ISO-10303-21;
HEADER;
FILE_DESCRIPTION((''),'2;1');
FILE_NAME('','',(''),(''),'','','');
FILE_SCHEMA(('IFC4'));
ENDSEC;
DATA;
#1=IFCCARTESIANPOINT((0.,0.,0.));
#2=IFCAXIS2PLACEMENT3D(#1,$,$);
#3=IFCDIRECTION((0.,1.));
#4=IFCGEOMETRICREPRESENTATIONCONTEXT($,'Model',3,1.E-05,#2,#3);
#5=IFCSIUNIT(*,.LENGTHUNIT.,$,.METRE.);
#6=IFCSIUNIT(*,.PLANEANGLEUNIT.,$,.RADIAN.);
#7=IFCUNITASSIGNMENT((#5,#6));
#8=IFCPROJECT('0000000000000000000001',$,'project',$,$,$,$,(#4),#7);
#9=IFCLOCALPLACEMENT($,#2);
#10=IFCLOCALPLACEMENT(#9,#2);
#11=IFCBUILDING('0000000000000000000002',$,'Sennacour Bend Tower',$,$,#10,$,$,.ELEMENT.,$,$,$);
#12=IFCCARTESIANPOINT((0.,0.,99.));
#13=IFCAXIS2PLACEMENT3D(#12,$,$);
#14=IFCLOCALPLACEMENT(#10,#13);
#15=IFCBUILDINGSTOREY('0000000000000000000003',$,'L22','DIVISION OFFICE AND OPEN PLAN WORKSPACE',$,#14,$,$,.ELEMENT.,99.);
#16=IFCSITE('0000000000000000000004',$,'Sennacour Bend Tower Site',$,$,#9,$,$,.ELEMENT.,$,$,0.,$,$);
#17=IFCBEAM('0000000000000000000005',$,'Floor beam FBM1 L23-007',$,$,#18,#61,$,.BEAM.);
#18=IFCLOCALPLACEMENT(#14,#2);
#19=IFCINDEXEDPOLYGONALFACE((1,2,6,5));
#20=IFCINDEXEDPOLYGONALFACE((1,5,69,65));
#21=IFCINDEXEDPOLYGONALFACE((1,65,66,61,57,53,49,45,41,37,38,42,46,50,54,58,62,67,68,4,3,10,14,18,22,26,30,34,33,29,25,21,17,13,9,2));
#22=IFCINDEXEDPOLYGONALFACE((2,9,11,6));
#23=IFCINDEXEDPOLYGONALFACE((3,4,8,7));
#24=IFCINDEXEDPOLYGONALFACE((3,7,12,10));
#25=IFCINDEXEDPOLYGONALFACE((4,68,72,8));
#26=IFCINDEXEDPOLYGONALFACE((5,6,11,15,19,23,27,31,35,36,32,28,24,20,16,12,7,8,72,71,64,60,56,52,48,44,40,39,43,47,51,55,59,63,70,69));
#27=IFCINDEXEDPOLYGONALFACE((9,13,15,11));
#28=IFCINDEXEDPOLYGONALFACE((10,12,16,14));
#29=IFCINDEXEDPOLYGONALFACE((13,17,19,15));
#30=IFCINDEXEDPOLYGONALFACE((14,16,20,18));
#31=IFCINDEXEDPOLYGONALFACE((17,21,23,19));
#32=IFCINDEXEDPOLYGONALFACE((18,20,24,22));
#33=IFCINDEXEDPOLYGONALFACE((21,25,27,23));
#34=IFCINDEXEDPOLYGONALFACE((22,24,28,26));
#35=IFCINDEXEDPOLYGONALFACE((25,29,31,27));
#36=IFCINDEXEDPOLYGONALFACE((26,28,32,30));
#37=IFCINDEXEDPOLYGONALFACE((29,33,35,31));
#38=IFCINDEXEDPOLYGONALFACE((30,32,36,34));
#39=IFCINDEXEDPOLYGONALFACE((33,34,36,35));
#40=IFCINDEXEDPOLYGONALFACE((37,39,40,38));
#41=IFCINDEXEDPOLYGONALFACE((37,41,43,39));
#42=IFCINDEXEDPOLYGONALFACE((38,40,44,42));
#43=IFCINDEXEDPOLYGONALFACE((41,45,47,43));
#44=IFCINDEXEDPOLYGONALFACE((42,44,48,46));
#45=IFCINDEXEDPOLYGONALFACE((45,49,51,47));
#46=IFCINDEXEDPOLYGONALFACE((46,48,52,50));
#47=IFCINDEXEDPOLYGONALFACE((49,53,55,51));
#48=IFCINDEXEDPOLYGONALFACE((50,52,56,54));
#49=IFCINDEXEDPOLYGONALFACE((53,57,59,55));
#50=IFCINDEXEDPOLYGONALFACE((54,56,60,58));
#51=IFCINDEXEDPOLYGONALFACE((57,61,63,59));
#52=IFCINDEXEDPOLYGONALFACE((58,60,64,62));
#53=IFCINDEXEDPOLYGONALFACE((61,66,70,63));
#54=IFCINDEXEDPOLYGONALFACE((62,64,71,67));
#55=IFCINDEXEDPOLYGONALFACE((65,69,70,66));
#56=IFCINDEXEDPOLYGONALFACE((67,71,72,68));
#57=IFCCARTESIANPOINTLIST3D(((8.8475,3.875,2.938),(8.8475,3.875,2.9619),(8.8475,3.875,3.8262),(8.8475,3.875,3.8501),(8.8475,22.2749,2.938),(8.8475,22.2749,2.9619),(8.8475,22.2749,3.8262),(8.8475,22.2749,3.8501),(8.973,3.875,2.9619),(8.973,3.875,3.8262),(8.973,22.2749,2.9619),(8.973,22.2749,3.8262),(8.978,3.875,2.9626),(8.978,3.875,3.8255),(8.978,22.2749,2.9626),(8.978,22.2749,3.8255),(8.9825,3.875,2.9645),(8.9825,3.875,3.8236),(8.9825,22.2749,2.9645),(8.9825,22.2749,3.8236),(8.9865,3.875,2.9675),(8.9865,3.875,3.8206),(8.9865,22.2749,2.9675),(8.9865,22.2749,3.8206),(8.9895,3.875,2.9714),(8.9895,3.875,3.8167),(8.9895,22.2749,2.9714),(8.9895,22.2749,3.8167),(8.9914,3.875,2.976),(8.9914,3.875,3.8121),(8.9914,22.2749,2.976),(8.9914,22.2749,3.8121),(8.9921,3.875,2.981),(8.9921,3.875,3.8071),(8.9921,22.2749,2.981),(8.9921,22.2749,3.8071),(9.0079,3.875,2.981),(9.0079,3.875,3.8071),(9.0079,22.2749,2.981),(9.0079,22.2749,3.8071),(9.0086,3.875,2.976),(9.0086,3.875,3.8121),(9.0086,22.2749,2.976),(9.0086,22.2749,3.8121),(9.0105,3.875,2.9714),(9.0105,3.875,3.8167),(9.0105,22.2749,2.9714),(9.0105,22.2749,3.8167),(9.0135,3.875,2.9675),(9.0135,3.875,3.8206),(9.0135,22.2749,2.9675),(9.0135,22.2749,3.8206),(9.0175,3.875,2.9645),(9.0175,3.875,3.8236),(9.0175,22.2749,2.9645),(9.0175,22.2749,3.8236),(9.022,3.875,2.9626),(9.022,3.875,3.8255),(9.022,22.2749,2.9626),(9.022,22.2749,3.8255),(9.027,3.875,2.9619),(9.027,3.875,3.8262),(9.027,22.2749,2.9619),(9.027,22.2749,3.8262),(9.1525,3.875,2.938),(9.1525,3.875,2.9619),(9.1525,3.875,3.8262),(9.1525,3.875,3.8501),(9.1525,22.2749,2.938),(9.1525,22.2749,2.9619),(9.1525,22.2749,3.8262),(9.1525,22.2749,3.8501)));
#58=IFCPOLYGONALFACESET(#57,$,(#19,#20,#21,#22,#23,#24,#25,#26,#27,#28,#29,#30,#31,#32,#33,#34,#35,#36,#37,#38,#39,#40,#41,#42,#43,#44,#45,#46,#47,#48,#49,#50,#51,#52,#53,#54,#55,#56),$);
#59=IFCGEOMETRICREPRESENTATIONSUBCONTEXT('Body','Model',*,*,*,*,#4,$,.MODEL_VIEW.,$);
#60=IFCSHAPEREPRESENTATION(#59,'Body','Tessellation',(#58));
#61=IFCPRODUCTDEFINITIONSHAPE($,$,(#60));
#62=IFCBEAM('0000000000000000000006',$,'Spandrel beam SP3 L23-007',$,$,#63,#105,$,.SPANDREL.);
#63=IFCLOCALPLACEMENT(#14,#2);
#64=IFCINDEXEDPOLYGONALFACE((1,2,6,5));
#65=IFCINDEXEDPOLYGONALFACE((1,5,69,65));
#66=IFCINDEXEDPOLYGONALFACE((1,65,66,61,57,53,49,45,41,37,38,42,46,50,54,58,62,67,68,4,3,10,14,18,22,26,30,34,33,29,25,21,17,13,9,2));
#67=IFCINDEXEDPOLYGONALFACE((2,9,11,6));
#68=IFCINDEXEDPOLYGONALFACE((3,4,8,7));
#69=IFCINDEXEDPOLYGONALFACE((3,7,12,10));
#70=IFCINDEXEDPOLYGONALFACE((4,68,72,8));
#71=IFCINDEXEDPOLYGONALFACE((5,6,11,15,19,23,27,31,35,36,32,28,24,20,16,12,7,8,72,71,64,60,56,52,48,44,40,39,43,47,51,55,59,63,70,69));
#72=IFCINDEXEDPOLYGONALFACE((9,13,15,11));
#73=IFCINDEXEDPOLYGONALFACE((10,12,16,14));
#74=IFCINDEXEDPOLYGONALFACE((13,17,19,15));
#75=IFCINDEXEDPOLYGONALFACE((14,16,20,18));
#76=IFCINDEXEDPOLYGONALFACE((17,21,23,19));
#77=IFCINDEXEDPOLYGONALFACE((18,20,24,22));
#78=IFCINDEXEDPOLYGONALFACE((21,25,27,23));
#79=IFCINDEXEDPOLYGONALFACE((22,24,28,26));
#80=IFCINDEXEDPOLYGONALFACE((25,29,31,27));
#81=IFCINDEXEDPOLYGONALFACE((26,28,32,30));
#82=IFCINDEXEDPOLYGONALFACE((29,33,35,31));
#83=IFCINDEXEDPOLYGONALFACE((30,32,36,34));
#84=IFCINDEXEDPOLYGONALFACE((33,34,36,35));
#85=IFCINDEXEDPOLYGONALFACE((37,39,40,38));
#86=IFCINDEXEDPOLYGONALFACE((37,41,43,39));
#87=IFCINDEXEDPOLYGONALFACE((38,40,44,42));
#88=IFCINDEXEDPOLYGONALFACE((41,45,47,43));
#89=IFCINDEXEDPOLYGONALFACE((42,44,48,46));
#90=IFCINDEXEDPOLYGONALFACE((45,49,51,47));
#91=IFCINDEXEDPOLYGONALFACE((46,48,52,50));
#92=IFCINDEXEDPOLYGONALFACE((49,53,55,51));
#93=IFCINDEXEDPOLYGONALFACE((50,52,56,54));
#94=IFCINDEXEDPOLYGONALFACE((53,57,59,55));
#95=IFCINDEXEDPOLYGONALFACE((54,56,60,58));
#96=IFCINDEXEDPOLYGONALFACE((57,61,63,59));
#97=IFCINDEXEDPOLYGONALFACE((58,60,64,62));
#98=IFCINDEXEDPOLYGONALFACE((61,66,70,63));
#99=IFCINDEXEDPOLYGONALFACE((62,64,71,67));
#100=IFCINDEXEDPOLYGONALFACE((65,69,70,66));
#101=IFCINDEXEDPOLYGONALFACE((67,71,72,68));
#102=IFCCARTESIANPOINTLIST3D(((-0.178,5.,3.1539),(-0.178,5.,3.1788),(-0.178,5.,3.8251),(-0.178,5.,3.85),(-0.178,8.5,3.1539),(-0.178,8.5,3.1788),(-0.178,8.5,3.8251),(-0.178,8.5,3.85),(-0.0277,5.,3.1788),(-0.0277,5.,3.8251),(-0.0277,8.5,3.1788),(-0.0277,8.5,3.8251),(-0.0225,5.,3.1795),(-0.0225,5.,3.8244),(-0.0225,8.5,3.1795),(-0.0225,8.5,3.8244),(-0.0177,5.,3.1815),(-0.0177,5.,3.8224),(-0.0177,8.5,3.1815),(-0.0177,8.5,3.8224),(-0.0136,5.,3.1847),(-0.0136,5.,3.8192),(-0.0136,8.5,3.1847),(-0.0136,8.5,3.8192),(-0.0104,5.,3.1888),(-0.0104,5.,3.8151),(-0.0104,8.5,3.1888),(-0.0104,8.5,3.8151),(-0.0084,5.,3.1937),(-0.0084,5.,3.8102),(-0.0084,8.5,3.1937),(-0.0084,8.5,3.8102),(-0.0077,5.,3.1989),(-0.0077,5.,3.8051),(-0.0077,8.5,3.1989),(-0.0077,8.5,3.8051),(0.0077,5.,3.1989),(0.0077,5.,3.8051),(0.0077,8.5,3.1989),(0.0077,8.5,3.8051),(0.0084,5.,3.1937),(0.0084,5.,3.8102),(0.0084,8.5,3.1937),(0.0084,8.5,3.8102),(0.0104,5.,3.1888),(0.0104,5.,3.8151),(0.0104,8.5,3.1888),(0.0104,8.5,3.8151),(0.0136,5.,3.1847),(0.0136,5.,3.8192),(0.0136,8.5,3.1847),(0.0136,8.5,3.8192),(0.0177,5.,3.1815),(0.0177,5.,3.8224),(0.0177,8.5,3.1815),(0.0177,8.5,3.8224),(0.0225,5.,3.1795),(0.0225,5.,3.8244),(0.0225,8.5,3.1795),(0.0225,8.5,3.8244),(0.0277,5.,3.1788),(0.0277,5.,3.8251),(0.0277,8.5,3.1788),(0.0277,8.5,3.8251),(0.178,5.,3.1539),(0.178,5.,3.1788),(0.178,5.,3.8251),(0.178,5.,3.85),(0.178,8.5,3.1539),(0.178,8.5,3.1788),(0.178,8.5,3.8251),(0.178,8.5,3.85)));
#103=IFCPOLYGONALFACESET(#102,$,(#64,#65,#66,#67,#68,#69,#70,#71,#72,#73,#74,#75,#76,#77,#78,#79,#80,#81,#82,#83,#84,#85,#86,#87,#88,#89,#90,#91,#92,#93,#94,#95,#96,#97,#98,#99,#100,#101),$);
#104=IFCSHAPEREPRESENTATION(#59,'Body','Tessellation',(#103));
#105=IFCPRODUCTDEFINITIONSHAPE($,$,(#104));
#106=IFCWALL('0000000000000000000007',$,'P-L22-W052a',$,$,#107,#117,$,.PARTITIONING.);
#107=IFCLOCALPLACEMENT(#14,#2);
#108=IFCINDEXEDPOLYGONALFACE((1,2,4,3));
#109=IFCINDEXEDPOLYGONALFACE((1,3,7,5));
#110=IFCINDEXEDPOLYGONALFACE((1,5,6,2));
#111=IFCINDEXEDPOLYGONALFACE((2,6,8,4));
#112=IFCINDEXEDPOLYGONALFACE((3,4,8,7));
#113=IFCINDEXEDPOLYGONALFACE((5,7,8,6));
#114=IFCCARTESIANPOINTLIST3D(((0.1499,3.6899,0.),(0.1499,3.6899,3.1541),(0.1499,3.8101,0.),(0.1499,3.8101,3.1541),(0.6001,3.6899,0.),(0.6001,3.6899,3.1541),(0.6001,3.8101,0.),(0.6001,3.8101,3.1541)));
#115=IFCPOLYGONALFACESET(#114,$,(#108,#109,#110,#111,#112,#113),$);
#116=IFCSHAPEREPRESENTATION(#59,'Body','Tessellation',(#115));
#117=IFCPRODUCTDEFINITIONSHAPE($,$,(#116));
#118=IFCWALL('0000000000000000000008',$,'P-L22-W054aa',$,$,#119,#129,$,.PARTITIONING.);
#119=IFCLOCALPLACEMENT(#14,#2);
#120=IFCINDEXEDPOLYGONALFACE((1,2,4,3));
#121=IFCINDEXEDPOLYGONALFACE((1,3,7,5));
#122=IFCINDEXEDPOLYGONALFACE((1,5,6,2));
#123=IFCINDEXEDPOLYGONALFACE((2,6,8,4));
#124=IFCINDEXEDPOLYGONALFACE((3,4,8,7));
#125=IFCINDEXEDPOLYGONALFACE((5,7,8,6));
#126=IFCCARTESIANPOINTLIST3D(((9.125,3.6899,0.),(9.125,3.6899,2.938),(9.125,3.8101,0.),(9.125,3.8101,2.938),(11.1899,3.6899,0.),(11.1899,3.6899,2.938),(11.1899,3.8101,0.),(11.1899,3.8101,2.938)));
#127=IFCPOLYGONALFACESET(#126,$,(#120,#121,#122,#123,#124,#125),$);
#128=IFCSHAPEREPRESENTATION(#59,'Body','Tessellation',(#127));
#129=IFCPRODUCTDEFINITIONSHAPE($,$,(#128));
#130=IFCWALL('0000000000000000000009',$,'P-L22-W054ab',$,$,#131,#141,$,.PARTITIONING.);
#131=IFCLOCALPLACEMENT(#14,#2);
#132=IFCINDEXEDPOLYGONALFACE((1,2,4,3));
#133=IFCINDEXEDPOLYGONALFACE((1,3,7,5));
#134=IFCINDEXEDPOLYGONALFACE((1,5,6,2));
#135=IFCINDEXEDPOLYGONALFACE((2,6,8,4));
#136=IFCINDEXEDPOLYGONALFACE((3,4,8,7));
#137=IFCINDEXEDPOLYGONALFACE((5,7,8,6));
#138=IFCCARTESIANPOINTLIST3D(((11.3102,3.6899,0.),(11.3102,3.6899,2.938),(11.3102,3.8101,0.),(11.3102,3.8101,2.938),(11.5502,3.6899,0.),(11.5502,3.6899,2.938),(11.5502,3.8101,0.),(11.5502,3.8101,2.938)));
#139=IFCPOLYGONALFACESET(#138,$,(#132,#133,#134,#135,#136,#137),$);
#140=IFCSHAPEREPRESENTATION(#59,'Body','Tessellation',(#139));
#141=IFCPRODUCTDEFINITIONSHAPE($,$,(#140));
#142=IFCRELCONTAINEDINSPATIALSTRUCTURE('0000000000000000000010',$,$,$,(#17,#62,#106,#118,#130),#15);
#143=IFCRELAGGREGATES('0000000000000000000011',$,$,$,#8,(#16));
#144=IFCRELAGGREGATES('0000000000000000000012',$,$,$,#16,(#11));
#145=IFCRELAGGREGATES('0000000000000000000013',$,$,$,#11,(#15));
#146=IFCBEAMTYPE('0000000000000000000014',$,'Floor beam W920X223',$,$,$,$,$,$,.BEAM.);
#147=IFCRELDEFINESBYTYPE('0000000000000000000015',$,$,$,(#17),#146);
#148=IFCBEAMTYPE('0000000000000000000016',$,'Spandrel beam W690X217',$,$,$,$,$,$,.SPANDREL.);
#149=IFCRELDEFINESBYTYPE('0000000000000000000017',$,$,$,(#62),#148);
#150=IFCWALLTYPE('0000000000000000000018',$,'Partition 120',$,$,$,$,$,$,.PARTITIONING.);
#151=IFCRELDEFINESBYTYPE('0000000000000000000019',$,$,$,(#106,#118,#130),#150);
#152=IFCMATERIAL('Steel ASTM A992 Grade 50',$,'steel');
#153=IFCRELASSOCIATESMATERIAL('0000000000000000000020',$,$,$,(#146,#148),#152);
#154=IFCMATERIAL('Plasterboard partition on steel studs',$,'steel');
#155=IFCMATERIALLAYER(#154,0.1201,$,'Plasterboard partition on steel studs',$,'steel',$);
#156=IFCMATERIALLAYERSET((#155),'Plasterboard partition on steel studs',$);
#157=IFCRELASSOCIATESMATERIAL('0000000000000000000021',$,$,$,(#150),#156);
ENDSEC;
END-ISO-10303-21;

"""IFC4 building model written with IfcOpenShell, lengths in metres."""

from ifc_helpers import new_model, si_unit, direction, frame, frame_2d, origin, origin_2d, place, context, subcontext, project, spatial, rectangle, i_section, extrude, material, layer, layer_set, material_profile, profile_set, type_object, element, save


model = new_model("IFC4")

# Units and contexts
model_context = context("Model", 3, precision=1e-05, world=origin(), true_north=direction((0.0, 1.0)))
body_context = subcontext(model_context, "Body", "Model", "MODEL_VIEW")
ifc_project = project(units=[si_unit("LENGTHUNIT", "METRE"), si_unit("PLANEANGLEUNIT", "RADIAN")], contexts=[model_context])

# Site, building, storey
site_placement = place(None, origin())
site = spatial("IfcSite", under=ifc_project, at=site_placement, Name="Sennacour Bend Tower Site", CompositionType="ELEMENT", RefElevation=0.0)
building_placement = place(site_placement, origin())
building = spatial("IfcBuilding", under=site, at=building_placement, Name="Sennacour Bend Tower", CompositionType="ELEMENT")
storey_placement = place(building_placement, frame((0.0, 0.0, 99.0)))
storey = spatial("IfcBuildingStorey", under=building, at=storey_placement, Name="L22", Description="DIVISION OFFICE AND OPEN PLAN WORKSPACE", CompositionType="ELEMENT", Elevation=99.0)

# Beams
ifc_material_1 = material(Name="Steel ASTM A992 Grade 50", Category="steel")
ifc_material_profile_1 = material_profile(ifc_material_1, i_section(OverallWidth=0.3049, OverallDepth=0.9121, WebThickness=0.0159, FlangeThickness=0.0239, FilletRadius=0.019, at=origin_2d()), Name="Steel ASTM A992 Grade 50", Category="steel")
ifc_profile_set_1 = profile_set([ifc_material_profile_1], Name="Steel ASTM A992 Grade 50")
beam_type_1 = type_object("IfcBeamType", Name="Floor beam W920X223", PredefinedType="BEAM", material=ifc_profile_set_1)
for number, where, z_axis, x_axis, name in (
    (1, (9.0, 3.875, 3.394), (0.0, 1.0, 0.0), (-1.0, 0.0, 0.0), "Floor beam FBM1 L23-007"),
):
    element("IfcBeam", number, at=place(storey_placement, frame(where, z_axis=z_axis, x_axis=x_axis)), inside=storey, type_object=beam_type_1, Name=name, PredefinedType="BEAM", context=body_context, shape_type="SweptSolid", body=[
        extrude(i_section(OverallWidth=0.3049, OverallDepth=0.9121, WebThickness=0.0159, FlangeThickness=0.0239, FilletRadius=0.019, at=origin_2d()), origin(), (0.0, 0.0, 1.0), 18.3999),
    ])
ifc_material_profile_2 = material_profile(ifc_material_1, i_section(OverallWidth=0.356, OverallDepth=0.696, WebThickness=0.0154, FlangeThickness=0.0249, FilletRadius=0.02, at=origin_2d()), Name="Steel ASTM A992 Grade 50", Category="steel")
ifc_profile_set_2 = profile_set([ifc_material_profile_2], Name="Steel ASTM A992 Grade 50")
beam_type_2 = type_object("IfcBeamType", Name="Spandrel beam W690X217", PredefinedType="SPANDREL", material=ifc_profile_set_2)
beam_placement = place(storey_placement, frame((0.0, 5.0, 3.502), z_axis=(0.0, 1.0, 0.0), x_axis=(-1.0, 0.0, 0.0)))
element("IfcBeam", 2, at=beam_placement, inside=storey, type_object=beam_type_2, Name="Spandrel beam SP3 L23-007", PredefinedType="SPANDREL", context=body_context, shape_type="SweptSolid", body=[
    extrude(i_section(OverallWidth=0.356, OverallDepth=0.696, WebThickness=0.0154, FlangeThickness=0.0249, FilletRadius=0.02, at=origin_2d()), origin(), (0.0, 0.0, 1.0), 3.5),
])

# Walls
ifc_material_2 = material(Name="Plasterboard partition on steel studs", Category="steel")
ifc_layer_1 = layer(ifc_material_2, 0.1201, Name="Plasterboard partition on steel studs", Category="steel")
ifc_layer_set_1 = layer_set([ifc_layer_1], Name="Plasterboard partition on steel studs")
wall_type_1 = type_object("IfcWallType", Name="Partition 120", PredefinedType="PARTITIONING", material=ifc_layer_set_1)
wall_1_placement = place(storey_placement, frame((0.1499, 3.75, 0.0), z_axis=(0.0, 0.0, 1.0), x_axis=(1.0, 0.0, 0.0)))
element("IfcWall", 3, at=wall_1_placement, inside=storey, type_object=wall_type_1, Name="P-L22-W052a", PredefinedType="PARTITIONING", context=body_context, shape_type="SweptSolid", body=[
    extrude(rectangle(XDim=0.4502, YDim=0.1201, at=frame_2d((0.2251, 0.0))), origin(), (0.0, 0.0, 1.0), 3.1541),
])
wall_2_placement = place(storey_placement, frame((9.125, 3.75, 0.0), z_axis=(0.0, 0.0, 1.0), x_axis=(1.0, 0.0, 0.0)))
element("IfcWall", 4, at=wall_2_placement, inside=storey, type_object=wall_type_1, Name="P-L22-W054aa", PredefinedType="PARTITIONING", context=body_context, shape_type="SweptSolid", body=[
    extrude(rectangle(XDim=2.0649, YDim=0.1201, at=frame_2d((1.0325, 0.0))), origin(), (0.0, 0.0, 1.0), 2.938),
])
wall_3_placement = place(storey_placement, frame((11.3101, 3.75, 0.0), z_axis=(0.0, 0.0, 1.0), x_axis=(1.0, 0.0, 0.0)))
element("IfcWall", 5, at=wall_3_placement, inside=storey, type_object=wall_type_1, Name="P-L22-W054ab", PredefinedType="PARTITIONING", context=body_context, shape_type="SweptSolid", body=[
    extrude(rectangle(XDim=0.24, YDim=0.1201, at=frame_2d((0.1201, 0.0))), origin(), (0.0, 0.0, 1.0), 2.938),
])

save(model, "model.ifc")
